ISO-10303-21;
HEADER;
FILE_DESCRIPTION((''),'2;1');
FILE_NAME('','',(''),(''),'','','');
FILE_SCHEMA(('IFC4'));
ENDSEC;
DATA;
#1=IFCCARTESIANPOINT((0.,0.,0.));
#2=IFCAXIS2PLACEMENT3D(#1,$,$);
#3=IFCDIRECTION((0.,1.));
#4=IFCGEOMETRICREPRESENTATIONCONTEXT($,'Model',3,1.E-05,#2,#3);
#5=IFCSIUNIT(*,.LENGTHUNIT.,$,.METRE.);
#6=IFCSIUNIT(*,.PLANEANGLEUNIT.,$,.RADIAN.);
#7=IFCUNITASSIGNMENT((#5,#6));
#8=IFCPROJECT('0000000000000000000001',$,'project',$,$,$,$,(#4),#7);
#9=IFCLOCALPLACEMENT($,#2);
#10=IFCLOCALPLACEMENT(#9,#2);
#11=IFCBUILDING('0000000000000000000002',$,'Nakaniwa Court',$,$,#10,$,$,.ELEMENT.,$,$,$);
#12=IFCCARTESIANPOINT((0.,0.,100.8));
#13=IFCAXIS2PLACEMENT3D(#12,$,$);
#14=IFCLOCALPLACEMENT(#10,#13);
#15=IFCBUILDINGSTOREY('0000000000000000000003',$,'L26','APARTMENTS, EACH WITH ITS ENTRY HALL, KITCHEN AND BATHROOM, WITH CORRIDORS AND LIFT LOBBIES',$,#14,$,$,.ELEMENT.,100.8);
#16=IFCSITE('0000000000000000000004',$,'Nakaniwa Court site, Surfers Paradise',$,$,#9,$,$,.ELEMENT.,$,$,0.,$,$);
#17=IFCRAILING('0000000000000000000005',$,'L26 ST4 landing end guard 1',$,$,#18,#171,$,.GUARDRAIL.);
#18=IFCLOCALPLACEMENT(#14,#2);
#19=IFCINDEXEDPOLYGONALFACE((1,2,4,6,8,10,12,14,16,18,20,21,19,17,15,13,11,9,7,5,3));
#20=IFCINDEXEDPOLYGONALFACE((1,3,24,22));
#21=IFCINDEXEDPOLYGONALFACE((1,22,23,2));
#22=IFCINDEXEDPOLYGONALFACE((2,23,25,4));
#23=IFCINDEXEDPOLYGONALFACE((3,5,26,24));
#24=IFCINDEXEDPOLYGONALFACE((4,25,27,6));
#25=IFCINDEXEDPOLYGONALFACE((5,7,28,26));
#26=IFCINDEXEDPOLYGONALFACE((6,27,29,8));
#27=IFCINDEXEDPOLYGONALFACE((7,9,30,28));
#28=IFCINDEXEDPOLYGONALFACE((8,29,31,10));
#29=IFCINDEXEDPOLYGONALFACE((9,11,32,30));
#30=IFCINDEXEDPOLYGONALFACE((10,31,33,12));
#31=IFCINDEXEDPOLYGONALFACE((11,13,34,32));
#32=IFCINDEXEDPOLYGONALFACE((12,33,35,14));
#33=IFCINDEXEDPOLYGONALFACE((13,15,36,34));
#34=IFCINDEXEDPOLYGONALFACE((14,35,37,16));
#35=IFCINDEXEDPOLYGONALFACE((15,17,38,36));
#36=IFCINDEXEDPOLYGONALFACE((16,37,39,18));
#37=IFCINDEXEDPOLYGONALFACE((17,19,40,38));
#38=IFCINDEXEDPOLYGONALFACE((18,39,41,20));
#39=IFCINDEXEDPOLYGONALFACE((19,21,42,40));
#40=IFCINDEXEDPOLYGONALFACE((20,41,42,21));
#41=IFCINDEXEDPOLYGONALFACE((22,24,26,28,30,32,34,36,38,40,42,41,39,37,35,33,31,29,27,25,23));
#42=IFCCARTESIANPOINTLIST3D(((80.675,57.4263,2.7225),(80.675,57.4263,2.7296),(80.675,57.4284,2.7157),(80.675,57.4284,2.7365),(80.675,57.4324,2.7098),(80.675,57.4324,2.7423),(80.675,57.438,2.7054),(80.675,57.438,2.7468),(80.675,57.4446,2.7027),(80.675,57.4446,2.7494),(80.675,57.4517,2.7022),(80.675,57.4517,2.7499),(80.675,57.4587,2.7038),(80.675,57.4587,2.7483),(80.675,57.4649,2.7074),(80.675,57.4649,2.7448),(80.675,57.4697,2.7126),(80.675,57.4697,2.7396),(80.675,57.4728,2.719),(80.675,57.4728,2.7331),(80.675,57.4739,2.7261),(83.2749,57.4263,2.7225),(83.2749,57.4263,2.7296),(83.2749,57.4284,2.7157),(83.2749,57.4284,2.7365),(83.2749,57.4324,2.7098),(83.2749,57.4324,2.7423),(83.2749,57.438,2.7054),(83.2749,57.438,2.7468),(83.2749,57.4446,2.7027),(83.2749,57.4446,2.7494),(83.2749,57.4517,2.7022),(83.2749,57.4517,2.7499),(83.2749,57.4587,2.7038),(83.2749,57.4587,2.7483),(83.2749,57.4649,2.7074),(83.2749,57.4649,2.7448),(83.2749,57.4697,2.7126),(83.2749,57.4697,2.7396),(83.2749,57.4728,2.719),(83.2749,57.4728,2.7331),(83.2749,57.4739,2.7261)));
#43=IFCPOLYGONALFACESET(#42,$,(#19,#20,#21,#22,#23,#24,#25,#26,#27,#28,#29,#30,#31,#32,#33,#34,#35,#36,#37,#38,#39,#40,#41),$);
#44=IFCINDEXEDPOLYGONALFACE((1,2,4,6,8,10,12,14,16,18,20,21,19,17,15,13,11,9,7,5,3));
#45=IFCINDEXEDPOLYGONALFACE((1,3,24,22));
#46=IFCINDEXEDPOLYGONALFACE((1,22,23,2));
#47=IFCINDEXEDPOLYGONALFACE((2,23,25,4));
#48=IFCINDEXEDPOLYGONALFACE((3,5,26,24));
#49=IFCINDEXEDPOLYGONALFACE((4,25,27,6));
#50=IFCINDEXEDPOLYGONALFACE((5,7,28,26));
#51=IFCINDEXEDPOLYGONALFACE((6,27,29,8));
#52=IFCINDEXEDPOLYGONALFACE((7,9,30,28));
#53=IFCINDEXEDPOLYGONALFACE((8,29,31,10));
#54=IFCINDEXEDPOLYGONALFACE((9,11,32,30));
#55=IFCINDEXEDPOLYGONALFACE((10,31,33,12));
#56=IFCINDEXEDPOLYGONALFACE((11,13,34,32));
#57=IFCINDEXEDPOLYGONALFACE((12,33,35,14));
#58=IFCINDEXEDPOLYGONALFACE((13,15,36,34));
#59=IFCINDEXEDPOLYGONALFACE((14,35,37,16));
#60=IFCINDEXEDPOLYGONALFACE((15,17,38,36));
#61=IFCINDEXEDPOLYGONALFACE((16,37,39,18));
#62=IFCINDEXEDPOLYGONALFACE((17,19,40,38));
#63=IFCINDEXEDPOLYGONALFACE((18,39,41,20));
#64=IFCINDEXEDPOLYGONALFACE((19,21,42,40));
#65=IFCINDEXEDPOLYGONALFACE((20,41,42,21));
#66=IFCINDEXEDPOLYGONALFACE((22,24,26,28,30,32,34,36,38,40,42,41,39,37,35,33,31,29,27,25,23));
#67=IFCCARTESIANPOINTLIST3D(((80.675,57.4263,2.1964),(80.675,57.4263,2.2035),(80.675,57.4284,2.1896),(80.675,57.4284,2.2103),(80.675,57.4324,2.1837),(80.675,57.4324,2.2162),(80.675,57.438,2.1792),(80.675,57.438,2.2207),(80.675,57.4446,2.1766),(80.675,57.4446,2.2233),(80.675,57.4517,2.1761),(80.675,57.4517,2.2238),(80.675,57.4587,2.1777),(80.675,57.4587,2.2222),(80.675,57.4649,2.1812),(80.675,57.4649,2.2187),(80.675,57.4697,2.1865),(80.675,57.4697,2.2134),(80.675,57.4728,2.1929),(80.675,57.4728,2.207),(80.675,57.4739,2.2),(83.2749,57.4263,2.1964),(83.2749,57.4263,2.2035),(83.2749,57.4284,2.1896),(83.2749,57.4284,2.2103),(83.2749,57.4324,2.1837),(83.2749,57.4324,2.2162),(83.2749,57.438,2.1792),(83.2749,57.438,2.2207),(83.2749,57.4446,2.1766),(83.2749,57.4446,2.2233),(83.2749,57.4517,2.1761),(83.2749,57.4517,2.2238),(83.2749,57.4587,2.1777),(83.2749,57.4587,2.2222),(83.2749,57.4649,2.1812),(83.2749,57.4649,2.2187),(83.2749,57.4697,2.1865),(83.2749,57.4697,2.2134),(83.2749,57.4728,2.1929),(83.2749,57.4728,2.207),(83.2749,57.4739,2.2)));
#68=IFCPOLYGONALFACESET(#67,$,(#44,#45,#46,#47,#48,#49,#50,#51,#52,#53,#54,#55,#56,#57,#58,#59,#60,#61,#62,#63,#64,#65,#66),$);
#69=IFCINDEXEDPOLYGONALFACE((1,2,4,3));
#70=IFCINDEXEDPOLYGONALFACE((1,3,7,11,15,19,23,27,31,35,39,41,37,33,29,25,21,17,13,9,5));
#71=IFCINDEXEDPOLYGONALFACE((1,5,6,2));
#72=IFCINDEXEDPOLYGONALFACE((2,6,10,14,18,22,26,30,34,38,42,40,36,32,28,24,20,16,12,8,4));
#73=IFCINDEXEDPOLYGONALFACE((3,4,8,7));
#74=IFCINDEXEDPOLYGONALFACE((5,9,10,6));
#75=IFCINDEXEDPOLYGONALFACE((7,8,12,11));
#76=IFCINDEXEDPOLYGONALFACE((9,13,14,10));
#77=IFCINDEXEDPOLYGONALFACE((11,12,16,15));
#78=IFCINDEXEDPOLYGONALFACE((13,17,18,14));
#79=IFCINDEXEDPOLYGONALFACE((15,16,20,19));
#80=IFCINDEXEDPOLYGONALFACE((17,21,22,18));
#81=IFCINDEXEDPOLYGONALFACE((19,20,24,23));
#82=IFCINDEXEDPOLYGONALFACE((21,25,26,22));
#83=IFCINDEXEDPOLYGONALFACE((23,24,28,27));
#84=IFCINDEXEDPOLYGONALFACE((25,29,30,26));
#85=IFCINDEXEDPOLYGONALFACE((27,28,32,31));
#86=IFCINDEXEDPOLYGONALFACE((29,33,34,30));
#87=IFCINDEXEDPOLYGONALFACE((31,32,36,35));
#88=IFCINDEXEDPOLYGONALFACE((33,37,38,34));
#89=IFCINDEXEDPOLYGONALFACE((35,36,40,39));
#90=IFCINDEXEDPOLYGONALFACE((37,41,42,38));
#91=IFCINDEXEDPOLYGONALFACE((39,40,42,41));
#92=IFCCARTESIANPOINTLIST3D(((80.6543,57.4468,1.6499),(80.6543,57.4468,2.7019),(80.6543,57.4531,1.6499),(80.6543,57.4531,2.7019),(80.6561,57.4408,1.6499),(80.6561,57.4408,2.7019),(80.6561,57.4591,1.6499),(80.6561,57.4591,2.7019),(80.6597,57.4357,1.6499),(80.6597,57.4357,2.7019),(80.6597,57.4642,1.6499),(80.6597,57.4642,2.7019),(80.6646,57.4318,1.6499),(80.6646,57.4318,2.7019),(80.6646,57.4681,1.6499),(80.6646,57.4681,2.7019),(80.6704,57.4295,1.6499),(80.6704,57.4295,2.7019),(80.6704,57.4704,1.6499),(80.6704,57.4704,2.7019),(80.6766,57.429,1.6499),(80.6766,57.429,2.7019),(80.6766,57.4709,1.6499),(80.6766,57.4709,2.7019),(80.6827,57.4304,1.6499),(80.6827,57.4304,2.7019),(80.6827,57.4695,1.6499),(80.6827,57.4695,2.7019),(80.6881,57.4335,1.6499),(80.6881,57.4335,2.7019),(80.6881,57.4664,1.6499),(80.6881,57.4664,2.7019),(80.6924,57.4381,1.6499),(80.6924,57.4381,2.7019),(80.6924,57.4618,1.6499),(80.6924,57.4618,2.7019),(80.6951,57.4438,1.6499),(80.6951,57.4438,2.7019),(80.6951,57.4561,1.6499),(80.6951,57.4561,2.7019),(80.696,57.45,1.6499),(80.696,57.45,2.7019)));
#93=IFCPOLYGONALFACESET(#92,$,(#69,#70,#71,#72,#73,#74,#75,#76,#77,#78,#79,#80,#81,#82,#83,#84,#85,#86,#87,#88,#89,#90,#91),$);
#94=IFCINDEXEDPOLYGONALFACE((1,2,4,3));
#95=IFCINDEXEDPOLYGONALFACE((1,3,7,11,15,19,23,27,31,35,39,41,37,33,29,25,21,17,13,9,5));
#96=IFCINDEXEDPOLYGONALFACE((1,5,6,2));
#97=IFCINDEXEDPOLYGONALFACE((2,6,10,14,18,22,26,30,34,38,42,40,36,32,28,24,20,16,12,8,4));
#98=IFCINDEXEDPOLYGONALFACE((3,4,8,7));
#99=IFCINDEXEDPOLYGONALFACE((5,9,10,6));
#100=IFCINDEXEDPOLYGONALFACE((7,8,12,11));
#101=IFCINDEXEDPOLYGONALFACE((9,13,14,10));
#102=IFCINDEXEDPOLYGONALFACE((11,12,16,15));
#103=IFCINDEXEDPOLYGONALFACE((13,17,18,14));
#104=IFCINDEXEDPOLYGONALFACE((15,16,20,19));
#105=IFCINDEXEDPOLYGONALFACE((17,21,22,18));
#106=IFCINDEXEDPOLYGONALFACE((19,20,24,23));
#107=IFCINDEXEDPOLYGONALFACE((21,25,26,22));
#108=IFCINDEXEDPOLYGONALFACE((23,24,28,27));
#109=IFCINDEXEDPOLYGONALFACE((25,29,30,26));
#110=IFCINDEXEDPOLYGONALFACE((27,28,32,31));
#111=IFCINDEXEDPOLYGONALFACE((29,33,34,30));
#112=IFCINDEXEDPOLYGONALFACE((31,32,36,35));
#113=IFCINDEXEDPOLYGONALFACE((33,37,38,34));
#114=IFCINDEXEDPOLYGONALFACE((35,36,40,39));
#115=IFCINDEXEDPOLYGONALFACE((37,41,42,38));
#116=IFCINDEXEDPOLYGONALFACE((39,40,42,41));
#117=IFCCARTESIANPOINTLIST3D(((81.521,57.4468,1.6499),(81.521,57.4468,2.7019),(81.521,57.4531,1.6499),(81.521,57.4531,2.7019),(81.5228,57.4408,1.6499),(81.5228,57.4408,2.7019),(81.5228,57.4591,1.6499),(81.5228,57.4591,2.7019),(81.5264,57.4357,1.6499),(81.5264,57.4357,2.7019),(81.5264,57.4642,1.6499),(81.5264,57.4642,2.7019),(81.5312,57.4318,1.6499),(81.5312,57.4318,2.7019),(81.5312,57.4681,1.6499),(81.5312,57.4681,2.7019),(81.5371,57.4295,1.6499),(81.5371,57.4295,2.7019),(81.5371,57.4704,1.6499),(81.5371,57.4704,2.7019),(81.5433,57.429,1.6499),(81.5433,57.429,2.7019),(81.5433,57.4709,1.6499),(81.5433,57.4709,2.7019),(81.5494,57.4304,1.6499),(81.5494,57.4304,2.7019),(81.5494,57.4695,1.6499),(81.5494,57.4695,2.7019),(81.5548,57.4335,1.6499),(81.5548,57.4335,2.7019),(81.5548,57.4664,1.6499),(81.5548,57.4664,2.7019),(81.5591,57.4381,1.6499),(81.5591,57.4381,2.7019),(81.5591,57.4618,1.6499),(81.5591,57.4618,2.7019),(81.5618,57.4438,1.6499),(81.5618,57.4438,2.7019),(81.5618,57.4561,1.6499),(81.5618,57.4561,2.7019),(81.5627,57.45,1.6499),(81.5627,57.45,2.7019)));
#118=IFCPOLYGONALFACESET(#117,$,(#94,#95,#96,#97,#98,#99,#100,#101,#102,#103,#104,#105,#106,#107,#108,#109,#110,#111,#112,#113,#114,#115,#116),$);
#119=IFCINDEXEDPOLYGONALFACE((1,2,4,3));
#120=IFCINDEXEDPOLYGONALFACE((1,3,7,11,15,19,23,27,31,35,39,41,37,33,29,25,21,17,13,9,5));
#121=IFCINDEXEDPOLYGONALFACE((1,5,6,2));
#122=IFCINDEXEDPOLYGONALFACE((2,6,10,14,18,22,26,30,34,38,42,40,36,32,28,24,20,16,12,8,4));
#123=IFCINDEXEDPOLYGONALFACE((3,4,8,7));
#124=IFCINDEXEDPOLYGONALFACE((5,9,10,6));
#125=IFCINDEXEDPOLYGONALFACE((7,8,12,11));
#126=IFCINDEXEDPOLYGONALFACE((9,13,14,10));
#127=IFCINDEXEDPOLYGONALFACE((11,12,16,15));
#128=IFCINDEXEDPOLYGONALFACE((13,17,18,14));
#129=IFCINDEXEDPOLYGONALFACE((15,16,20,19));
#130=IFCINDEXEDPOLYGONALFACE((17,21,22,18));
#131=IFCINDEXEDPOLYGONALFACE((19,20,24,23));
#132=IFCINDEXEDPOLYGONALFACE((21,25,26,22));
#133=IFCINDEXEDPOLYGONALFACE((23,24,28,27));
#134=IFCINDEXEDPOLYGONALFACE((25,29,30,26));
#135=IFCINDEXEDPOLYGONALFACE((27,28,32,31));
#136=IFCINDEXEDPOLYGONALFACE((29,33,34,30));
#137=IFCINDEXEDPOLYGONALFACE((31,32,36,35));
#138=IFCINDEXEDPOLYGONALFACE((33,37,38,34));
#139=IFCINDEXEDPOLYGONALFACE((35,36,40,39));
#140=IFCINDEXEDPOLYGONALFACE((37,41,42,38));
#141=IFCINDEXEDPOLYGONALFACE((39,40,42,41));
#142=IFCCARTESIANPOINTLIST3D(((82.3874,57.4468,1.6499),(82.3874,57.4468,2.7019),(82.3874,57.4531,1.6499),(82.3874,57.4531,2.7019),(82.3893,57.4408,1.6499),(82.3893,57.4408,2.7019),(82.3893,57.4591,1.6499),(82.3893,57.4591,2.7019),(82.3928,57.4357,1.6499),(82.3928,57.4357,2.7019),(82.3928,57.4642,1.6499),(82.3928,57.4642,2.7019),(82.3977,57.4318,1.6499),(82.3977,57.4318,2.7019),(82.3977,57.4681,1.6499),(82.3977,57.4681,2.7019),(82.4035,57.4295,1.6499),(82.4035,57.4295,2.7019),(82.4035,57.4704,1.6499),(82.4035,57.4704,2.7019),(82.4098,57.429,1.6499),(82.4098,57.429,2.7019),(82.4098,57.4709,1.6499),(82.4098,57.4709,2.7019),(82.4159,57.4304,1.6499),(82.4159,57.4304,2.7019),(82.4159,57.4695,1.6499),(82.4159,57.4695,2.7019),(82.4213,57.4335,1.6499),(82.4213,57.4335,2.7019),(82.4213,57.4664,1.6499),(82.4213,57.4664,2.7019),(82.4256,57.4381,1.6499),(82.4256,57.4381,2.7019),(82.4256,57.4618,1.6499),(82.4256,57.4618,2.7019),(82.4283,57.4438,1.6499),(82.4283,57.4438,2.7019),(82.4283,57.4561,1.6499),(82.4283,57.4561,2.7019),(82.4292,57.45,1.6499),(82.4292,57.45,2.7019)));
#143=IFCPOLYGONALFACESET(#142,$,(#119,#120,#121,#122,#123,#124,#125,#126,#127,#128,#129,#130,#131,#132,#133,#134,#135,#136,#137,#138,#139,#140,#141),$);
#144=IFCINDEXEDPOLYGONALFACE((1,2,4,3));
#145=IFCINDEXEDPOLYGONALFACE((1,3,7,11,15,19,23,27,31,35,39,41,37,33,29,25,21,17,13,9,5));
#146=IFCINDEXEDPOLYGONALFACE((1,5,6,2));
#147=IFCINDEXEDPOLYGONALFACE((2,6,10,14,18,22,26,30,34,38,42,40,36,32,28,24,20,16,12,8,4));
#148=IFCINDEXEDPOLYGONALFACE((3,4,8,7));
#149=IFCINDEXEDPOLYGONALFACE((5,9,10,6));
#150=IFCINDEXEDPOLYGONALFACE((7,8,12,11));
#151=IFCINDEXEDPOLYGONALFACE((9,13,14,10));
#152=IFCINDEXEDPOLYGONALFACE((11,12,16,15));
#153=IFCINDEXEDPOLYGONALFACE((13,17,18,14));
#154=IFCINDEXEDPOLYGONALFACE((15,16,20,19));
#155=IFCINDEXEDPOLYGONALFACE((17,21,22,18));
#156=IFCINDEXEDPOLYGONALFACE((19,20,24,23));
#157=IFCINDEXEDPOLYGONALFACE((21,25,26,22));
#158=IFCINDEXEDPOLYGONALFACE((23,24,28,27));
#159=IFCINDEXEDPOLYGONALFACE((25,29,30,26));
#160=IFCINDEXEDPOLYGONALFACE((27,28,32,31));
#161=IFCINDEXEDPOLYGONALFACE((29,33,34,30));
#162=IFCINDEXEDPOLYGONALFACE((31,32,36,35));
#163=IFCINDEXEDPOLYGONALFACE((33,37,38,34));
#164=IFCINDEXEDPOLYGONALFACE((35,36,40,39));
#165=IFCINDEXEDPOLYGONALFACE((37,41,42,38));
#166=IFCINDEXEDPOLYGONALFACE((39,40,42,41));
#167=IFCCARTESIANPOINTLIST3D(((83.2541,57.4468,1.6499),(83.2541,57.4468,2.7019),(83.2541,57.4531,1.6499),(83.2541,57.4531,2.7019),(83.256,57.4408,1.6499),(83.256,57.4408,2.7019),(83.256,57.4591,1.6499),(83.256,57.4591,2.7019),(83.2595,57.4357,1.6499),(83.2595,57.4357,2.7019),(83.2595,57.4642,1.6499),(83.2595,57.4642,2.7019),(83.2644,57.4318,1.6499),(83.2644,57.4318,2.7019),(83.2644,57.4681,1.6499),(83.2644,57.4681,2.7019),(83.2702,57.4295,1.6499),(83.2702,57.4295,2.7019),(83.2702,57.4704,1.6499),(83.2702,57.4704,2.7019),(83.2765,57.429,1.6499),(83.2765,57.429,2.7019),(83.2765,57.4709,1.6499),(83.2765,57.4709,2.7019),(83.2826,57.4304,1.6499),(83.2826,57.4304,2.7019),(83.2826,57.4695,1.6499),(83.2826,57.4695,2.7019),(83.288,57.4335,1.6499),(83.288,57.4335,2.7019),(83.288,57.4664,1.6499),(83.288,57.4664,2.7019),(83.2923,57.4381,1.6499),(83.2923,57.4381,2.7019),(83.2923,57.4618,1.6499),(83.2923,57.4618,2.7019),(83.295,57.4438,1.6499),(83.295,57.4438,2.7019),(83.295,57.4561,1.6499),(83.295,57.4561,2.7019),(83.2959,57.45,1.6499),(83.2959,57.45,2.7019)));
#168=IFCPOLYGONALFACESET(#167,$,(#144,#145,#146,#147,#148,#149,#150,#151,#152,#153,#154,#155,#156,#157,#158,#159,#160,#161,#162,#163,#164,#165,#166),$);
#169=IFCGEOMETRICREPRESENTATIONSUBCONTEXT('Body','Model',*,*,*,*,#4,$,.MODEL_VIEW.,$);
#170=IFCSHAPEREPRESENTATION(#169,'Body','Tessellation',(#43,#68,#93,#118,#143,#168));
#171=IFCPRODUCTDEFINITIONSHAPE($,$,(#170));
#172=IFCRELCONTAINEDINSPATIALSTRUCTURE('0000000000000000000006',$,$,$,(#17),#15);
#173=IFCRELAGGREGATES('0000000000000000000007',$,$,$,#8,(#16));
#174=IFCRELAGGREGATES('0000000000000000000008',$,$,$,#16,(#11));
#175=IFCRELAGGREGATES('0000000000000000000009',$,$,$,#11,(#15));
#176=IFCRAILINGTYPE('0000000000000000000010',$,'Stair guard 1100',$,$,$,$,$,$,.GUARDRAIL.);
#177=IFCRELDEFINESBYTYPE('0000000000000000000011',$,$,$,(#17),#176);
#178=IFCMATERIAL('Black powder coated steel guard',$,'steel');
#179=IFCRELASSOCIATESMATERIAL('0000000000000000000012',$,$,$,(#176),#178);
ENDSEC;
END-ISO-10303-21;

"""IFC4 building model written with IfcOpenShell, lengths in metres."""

from ifc_helpers import new_model, si_unit, direction, frame, origin, origin_2d, place, context, subcontext, project, spatial, circle, extrude, material, type_object, element, save


model = new_model("IFC4")

# Units and contexts
model_context = context("Model", 3, precision=1e-05, world=origin(), true_north=direction((0.0, 1.0)))
body_context = subcontext(model_context, "Body", "Model", "MODEL_VIEW")
ifc_project = project(units=[si_unit("LENGTHUNIT", "METRE"), si_unit("PLANEANGLEUNIT", "RADIAN")], contexts=[model_context])

# Site, building, storey
site_placement = place(None, origin())
site = spatial("IfcSite", under=ifc_project, at=site_placement, Name="Nakaniwa Court site, Surfers Paradise", CompositionType="ELEMENT", RefElevation=0.0)
building_placement = place(site_placement, origin())
building = spatial("IfcBuilding", under=site, at=building_placement, Name="Nakaniwa Court", CompositionType="ELEMENT")
storey_placement = place(building_placement, frame((0.0, 0.0, 100.8)))
storey = spatial("IfcBuildingStorey", under=building, at=storey_placement, Name="L26", Description="APARTMENTS, EACH WITH ITS ENTRY HALL, KITCHEN AND BATHROOM, WITH CORRIDORS AND LIFT LOBBIES", CompositionType="ELEMENT", Elevation=100.8)

# Railing
ifc_material_1 = material(Name="Black powder coated steel guard", Category="steel")
railing_type_1 = type_object("IfcRailingType", Name="Stair guard 1100", PredefinedType="GUARDRAIL", material=ifc_material_1)
railing_1_placement = place(storey_placement, frame((80.675, 57.45, 1.6499)))
element("IfcRailing", 1, at=railing_1_placement, inside=storey, type_object=railing_type_1, Name="L26 ST4 landing end guard 1", PredefinedType="GUARDRAIL", context=body_context, shape_type="SweptSolid", body=[
    extrude(circle(Radius=0.0239, at=origin_2d()), frame((0.0, 0.0, 1.0762), z_axis=(1.0, 0.0, 0.0), x_axis=(0.0, 1.0, 0.0)), (0.0, 0.0, 1.0), 2.5999),
    extrude(circle(Radius=0.0239, at=origin_2d()), frame((0.0, 0.0, 0.55), z_axis=(1.0, 0.0, 0.0), x_axis=(0.0, 1.0, 0.0)), (0.0, 0.0, 1.0), 2.5999),
    extrude(circle(Radius=0.021, at=origin_2d()), origin(), (0.0, 0.0, 1.0), 1.052),
    extrude(circle(Radius=0.021, at=origin_2d()), frame((0.8667, 0.0, 0.0)), (0.0, 0.0, 1.0), 1.052),
    extrude(circle(Radius=0.021, at=origin_2d()), frame((1.7332, 0.0, 0.0)), (0.0, 0.0, 1.0), 1.052),
    extrude(circle(Radius=0.021, at=origin_2d()), frame((2.5999, 0.0, 0.0)), (0.0, 0.0, 1.0), 1.052),
])

save(model, "model.ifc")
